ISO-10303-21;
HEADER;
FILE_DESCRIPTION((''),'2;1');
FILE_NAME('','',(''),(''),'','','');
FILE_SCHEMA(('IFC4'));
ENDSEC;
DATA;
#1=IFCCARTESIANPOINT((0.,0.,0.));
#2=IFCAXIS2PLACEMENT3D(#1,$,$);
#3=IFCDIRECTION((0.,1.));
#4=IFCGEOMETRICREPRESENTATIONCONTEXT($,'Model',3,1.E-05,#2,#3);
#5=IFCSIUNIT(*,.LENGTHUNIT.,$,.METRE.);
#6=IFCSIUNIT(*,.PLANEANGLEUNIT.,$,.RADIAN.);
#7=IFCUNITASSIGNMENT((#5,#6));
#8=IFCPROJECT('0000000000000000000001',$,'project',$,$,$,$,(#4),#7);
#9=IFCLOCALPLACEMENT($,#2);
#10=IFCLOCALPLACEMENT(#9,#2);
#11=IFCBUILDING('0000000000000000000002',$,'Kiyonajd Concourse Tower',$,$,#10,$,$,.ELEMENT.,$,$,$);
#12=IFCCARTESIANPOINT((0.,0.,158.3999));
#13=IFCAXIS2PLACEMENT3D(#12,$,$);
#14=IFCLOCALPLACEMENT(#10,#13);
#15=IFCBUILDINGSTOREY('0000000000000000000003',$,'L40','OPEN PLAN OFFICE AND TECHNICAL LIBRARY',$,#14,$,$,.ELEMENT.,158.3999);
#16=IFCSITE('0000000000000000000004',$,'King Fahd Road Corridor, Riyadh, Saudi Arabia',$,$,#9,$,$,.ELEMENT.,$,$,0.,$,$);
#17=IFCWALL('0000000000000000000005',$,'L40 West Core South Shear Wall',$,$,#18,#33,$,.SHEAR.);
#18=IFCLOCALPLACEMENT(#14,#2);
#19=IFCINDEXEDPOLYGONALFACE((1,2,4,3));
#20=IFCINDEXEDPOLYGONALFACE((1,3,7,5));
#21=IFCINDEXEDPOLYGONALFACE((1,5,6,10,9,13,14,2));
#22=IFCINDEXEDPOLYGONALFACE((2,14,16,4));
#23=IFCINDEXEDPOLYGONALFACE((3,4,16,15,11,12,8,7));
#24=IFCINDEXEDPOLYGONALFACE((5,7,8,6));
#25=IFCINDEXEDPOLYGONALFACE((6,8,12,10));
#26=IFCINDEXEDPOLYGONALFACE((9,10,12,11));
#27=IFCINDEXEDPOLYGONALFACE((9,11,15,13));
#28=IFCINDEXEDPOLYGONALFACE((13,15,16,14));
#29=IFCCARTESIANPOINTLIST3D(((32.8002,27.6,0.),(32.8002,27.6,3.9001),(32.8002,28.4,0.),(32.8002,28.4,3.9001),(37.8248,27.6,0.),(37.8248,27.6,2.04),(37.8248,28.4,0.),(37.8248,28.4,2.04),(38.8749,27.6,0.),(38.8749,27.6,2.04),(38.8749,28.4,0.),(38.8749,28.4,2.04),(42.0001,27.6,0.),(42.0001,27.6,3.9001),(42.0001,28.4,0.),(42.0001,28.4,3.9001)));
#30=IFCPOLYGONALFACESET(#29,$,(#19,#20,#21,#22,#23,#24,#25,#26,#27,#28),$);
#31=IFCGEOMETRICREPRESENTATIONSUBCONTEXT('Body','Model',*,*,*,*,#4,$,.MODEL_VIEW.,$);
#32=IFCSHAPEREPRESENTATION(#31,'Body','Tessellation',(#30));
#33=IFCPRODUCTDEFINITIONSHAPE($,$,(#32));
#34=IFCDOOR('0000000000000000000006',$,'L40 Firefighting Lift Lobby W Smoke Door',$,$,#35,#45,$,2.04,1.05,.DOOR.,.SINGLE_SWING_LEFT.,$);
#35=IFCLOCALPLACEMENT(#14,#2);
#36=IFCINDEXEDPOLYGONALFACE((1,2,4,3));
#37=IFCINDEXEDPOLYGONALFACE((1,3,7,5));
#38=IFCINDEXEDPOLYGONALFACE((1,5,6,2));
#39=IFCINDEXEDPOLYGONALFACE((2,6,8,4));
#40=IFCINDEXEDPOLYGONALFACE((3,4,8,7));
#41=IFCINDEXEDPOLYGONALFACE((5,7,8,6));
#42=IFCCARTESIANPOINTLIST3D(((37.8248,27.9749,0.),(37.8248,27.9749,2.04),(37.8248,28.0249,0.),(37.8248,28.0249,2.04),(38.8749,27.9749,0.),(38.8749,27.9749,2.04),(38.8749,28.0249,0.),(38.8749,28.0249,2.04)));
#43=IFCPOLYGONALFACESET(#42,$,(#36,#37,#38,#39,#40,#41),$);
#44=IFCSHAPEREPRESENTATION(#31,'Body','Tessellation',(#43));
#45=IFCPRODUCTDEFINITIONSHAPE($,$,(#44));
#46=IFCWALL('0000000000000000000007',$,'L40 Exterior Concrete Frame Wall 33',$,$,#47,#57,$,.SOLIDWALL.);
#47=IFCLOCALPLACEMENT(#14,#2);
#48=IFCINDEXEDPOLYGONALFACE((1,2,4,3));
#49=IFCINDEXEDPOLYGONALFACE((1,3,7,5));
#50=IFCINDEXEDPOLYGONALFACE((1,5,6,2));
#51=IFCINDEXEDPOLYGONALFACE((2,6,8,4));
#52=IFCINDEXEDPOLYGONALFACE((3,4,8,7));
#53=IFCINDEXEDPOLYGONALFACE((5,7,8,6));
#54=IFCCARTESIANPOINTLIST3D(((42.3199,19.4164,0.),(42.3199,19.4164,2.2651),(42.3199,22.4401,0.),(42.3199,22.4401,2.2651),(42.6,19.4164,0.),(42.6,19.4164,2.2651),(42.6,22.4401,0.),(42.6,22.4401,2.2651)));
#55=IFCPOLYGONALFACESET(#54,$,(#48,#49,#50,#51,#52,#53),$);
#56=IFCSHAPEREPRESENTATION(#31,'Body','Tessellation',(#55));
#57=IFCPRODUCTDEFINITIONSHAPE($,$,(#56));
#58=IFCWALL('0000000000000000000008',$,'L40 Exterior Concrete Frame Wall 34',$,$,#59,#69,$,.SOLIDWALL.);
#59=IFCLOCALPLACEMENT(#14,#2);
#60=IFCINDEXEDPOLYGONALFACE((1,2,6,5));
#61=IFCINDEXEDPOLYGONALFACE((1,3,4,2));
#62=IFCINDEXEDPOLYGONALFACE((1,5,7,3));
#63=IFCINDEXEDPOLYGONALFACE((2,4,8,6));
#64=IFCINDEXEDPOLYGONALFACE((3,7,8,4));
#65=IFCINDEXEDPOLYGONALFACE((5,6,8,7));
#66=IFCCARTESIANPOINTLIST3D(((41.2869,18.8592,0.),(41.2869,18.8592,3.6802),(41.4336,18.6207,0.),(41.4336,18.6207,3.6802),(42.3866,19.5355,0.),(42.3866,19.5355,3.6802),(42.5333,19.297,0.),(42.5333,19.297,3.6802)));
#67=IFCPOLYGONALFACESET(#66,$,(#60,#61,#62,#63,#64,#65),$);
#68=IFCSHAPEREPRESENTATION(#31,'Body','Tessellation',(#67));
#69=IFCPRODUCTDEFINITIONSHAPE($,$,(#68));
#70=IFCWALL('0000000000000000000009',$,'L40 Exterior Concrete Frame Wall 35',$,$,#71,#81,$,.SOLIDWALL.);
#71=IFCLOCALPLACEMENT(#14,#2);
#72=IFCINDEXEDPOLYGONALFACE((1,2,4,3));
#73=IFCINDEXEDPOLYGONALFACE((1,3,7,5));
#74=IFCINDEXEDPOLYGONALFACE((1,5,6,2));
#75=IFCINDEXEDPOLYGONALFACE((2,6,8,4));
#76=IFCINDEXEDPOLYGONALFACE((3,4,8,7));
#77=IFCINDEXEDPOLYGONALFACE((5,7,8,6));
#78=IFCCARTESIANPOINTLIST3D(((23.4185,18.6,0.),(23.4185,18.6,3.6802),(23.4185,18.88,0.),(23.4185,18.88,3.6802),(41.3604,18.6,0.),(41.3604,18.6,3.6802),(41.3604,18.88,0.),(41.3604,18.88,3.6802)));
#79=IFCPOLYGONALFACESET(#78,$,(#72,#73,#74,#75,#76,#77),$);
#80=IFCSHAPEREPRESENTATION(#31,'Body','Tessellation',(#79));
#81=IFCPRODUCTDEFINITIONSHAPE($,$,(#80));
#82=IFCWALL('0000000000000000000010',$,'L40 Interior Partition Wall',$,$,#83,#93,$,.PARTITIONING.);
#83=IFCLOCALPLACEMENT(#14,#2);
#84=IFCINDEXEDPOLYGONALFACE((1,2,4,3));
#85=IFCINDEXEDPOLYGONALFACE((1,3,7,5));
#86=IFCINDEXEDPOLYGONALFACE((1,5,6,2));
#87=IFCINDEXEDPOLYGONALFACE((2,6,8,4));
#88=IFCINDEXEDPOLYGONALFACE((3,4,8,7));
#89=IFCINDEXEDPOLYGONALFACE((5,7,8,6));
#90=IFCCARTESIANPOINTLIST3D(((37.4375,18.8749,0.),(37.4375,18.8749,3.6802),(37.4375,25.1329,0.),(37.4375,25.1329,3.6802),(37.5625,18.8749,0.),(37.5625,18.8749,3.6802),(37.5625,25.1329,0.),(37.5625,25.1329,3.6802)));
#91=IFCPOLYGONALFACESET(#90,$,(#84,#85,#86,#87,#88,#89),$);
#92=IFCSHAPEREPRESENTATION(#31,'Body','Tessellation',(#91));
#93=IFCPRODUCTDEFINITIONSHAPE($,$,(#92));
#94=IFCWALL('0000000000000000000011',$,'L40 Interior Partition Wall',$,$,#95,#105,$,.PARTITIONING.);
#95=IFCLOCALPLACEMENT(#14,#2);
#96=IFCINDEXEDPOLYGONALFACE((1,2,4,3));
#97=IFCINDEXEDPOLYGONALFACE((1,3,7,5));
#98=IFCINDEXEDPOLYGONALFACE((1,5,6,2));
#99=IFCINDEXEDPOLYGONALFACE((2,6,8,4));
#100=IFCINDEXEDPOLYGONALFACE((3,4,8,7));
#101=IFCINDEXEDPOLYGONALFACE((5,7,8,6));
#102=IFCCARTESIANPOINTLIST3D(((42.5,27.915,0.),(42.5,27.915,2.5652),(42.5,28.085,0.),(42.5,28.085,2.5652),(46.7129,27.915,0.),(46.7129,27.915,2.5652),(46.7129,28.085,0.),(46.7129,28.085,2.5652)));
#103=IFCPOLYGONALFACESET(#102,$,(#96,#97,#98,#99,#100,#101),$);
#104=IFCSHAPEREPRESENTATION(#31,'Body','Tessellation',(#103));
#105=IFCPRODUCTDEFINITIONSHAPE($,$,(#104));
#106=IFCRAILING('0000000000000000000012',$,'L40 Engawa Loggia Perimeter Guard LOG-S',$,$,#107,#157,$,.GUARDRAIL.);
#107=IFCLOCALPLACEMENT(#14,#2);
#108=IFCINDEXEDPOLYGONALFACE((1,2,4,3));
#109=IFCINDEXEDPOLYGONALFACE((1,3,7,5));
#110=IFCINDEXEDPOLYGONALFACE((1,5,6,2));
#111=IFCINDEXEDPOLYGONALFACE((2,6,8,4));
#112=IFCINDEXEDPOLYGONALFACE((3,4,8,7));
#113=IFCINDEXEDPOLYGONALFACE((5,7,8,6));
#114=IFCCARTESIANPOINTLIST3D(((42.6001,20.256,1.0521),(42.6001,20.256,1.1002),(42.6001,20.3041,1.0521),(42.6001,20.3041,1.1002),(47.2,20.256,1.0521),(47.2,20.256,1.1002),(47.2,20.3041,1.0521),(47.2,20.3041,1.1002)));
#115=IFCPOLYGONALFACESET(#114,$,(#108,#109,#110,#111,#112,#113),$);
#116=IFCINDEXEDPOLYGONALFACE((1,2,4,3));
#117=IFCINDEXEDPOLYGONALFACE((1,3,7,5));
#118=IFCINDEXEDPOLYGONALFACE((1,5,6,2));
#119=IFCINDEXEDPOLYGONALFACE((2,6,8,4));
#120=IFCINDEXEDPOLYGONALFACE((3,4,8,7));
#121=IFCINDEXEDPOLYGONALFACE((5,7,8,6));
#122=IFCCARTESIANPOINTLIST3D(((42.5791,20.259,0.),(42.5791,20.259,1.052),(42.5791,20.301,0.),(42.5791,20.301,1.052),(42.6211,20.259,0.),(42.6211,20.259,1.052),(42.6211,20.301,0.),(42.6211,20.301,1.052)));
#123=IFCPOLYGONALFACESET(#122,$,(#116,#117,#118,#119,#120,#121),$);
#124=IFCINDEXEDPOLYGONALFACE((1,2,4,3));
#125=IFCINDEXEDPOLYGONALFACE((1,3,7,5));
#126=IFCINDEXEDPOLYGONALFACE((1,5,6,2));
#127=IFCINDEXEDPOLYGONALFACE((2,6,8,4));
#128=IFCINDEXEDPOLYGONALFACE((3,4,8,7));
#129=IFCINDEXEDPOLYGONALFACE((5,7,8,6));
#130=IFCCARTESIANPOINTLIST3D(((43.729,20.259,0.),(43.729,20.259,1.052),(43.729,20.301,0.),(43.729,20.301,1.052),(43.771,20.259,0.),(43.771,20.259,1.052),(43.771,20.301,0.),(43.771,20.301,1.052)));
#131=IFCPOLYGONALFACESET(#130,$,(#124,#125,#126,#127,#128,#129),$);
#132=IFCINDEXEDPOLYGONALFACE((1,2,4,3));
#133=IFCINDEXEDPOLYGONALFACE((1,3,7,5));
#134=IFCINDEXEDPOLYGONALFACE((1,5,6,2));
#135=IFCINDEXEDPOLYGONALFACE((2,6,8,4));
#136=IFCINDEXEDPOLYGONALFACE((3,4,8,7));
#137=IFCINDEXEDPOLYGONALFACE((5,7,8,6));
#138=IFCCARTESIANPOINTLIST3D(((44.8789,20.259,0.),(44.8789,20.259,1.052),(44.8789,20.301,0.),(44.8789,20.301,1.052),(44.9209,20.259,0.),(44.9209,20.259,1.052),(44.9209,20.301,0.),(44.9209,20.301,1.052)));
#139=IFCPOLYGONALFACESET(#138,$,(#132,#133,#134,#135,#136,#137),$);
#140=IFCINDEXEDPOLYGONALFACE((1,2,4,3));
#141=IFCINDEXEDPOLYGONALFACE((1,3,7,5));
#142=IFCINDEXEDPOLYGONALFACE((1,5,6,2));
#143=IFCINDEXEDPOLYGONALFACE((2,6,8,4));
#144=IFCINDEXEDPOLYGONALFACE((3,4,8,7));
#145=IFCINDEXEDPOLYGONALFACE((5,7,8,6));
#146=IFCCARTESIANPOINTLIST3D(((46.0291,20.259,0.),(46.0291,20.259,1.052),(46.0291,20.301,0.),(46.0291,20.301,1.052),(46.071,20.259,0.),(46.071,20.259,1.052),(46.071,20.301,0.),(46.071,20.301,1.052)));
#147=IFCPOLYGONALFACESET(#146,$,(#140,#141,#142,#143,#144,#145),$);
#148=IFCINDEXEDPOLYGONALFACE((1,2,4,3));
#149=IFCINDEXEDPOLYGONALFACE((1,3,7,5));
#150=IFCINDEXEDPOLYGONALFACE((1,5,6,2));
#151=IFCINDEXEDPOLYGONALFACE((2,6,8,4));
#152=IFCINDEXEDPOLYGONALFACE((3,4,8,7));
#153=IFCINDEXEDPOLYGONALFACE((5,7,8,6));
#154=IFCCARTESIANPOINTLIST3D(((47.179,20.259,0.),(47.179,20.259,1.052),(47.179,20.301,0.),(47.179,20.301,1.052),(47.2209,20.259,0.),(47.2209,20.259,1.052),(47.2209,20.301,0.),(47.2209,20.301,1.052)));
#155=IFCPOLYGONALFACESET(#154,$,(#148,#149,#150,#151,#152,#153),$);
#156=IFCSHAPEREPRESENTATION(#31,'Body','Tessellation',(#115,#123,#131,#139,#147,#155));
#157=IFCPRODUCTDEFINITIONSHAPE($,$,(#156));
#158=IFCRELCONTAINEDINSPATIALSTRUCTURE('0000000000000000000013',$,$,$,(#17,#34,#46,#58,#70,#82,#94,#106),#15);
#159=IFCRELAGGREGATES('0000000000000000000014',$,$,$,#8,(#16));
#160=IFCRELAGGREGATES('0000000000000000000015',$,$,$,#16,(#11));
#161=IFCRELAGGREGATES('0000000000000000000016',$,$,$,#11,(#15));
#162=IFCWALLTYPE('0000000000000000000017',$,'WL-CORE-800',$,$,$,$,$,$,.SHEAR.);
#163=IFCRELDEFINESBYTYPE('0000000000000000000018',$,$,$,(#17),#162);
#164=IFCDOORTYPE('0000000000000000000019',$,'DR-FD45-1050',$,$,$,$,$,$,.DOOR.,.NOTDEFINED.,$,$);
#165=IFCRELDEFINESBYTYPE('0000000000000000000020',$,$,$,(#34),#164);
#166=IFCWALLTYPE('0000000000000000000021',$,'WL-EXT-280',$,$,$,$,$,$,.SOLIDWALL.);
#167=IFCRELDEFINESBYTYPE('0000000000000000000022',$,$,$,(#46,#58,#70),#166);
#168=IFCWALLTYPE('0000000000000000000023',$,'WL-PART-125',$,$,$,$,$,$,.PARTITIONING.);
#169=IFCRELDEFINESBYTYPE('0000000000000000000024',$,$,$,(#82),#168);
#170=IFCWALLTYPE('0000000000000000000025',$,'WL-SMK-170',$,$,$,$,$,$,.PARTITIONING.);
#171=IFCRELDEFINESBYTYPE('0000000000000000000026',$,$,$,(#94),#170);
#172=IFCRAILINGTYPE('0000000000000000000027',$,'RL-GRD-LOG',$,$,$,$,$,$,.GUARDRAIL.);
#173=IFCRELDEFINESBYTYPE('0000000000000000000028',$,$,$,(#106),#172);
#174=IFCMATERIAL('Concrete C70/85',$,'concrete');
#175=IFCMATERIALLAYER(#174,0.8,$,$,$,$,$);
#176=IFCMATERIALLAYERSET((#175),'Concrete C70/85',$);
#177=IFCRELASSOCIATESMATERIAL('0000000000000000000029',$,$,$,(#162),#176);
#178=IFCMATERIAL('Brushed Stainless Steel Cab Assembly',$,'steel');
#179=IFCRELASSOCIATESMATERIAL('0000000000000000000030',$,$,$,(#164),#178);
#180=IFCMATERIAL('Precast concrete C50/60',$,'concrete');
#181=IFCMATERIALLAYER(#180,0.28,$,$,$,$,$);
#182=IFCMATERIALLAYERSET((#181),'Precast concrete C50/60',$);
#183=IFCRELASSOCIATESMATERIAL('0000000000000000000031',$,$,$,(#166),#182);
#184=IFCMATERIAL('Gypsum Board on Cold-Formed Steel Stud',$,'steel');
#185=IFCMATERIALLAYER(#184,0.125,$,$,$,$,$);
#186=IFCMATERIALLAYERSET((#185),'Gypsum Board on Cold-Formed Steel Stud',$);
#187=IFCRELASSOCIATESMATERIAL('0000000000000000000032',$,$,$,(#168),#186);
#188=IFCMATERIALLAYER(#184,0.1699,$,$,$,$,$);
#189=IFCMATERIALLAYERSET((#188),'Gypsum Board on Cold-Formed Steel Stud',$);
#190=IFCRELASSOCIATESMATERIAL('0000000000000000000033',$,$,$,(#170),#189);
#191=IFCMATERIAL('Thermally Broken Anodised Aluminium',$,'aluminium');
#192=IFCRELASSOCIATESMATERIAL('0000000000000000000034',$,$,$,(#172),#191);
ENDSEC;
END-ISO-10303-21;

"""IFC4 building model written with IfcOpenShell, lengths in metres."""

from ifc_helpers import new_model, si_unit, direction, frame, frame_2d, origin, origin_2d, place, context, subcontext, project, spatial, rectangle, extrude, material, layer, layer_set, type_object, element, fill, save


model = new_model("IFC4")

# Units and contexts
model_context = context("Model", 3, precision=1e-05, world=origin(), true_north=direction((0.0, 1.0)))
body_context = subcontext(model_context, "Body", "Model", "MODEL_VIEW")
ifc_project = project(units=[si_unit("LENGTHUNIT", "METRE"), si_unit("PLANEANGLEUNIT", "RADIAN")], contexts=[model_context])

# Site, building, storey
site_placement = place(None, origin())
site = spatial("IfcSite", under=ifc_project, at=site_placement, Name="King Fahd Road Corridor, Riyadh, Saudi Arabia", CompositionType="ELEMENT", RefElevation=0.0)
building_placement = place(site_placement, origin())
building = spatial("IfcBuilding", under=site, at=building_placement, Name="Kiyonajd Concourse Tower", CompositionType="ELEMENT")
storey_placement = place(building_placement, frame((0.0, 0.0, 158.3999)))
storey = spatial("IfcBuildingStorey", under=building, at=storey_placement, Name="L40", Description="OPEN PLAN OFFICE AND TECHNICAL LIBRARY", CompositionType="ELEMENT", Elevation=158.3999)

# Shared definitions
ifc_material_1 = material(Name="Concrete C70/85", Category="concrete")

# Shared definitions
ifc_material_2 = material(Name="Thermally Broken Anodised Aluminium", Category="aluminium")

# Shared definitions
ifc_layer_1 = layer(ifc_material_1, 0.8)
ifc_layer_set_1 = layer_set([ifc_layer_1], Name="Concrete C70/85")
wall_type_1 = type_object("IfcWallType", Name="WL-CORE-800", PredefinedType="SHEAR", material=ifc_layer_set_1)

# Wall, opening, door
wall_1_placement = place(storey_placement, frame((32.8, 28.0, 0.0), z_axis=(0.0, 0.0, 1.0), x_axis=(1.0, 0.0, 0.0)))
wall_1 = element("IfcWall", 1, at=wall_1_placement, inside=storey, type_object=wall_type_1, Name="L40 West Core South Shear Wall", PredefinedType="SHEAR", context=body_context, shape_type="SweptSolid", body=[
    extrude(rectangle(XDim=9.2, YDim=0.8, at=frame_2d((4.6001, 0.0))), origin(), (0.0, 0.0, 1.0), 3.9001),
])
opening_placement = place(wall_1_placement, frame((5.0249, 0.0, 0.0)))
opening = element("IfcOpeningElement", 2, at=opening_placement, cuts=wall_1, PredefinedType="OPENING", context=body_context, shape_type="SweptSolid", body=[
    extrude(rectangle(XDim=1.05, YDim=2.04, at=frame_2d((0.5249, 1.02))), frame((0.0, 0.4099, 0.0), z_axis=(0.0, -1.0, 0.0), x_axis=(1.0, 0.0, 0.0)), (0.0, 0.0, 1.0), 0.8201),
])
ifc_material_3 = material(Name="Brushed Stainless Steel Cab Assembly", Category="steel")
door_type = type_object("IfcDoorType", Name="DR-FD45-1050", OperationType="NOTDEFINED", PredefinedType="DOOR", material=ifc_material_3)
door_placement = place(opening_placement, origin())
door = element("IfcDoor", 3, at=door_placement, inside=storey, type_object=door_type, Name="L40 Firefighting Lift Lobby W Smoke Door", OperationType="SINGLE_SWING_LEFT", OverallHeight=2.04, OverallWidth=1.05, PredefinedType="DOOR", context=body_context, shape_type="SweptSolid", body=[
    extrude(rectangle(XDim=1.05, YDim=2.04, at=frame_2d((0.5249, 1.02))), frame((0.0, 0.0249, 0.0), z_axis=(0.0, -1.0, 0.0), x_axis=(1.0, 0.0, 0.0)), (0.0, 0.0, 1.0), 0.05),
])
fill(opening, door)

# Walls
ifc_material_4 = material(Name="Precast concrete C50/60", Category="concrete")
ifc_layer_2 = layer(ifc_material_4, 0.28)
ifc_layer_set_2 = layer_set([ifc_layer_2], Name="Precast concrete C50/60")
wall_type_2 = type_object("IfcWallType", Name="WL-EXT-280", PredefinedType="SOLIDWALL", material=ifc_layer_set_2)
wall_2_placement = place(storey_placement, frame((42.46, 22.4399, 0.0), z_axis=(0.0, 0.0, 1.0), x_axis=(0.0, -1.0, 0.0)))
element("IfcWall", 4, at=wall_2_placement, inside=storey, type_object=wall_type_2, Name="L40 Exterior Concrete Frame Wall 33", PredefinedType="SOLIDWALL", context=body_context, shape_type="SweptSolid", body=[
    extrude(rectangle(XDim=3.0237, YDim=0.28, at=frame_2d((1.5117, 0.0))), origin(), (0.0, 0.0, 1.0), 2.2651),
])
wall_3_placement = place(storey_placement, frame((42.46, 19.4163, 0.0), z_axis=(0.0, 0.0, 1.0), x_axis=(-0.851801, -0.523865, 0.0)))
element("IfcWall", 5, at=wall_3_placement, inside=storey, type_object=wall_type_2, Name="L40 Exterior Concrete Frame Wall 34", PredefinedType="SOLIDWALL", context=body_context, shape_type="SweptSolid", body=[
    extrude(rectangle(XDim=1.291, YDim=0.28, at=frame_2d((0.6455, 0.0))), origin(), (0.0, 0.0, 1.0), 3.6802),
])
wall_4_placement = place(storey_placement, frame((41.3604, 18.74, 0.0), z_axis=(0.0, 0.0, 1.0), x_axis=(-1.0, 0.0, 0.0)))
element("IfcWall", 6, at=wall_4_placement, inside=storey, type_object=wall_type_2, Name="L40 Exterior Concrete Frame Wall 35", PredefinedType="SOLIDWALL", context=body_context, shape_type="SweptSolid", body=[
    extrude(rectangle(XDim=17.9419, YDim=0.28, at=frame_2d((8.9709, 0.0))), origin(), (0.0, 0.0, 1.0), 3.6802),
])
ifc_material_5 = material(Name="Gypsum Board on Cold-Formed Steel Stud", Category="steel")
ifc_layer_3 = layer(ifc_material_5, 0.125)
ifc_layer_set_3 = layer_set([ifc_layer_3], Name="Gypsum Board on Cold-Formed Steel Stud")
wall_type_3 = type_object("IfcWallType", Name="WL-PART-125", PredefinedType="PARTITIONING", material=ifc_layer_set_3)
wall_5_placement = place(storey_placement, frame((37.5, 18.875, 0.0), z_axis=(0.0, 0.0, 1.0), x_axis=(0.0, 1.0, 0.0)))
element("IfcWall", 7, at=wall_5_placement, inside=storey, type_object=wall_type_3, Name="L40 Interior Partition Wall", PredefinedType="PARTITIONING", context=body_context, shape_type="SweptSolid", body=[
    extrude(rectangle(XDim=6.2581, YDim=0.125, at=frame_2d((3.1289, 0.0))), origin(), (0.0, 0.0, 1.0), 3.6802),
])
ifc_layer_4 = layer(ifc_material_5, 0.1699)
ifc_layer_set_4 = layer_set([ifc_layer_4], Name="Gypsum Board on Cold-Formed Steel Stud")
wall_type_4 = type_object("IfcWallType", Name="WL-SMK-170", PredefinedType="PARTITIONING", material=ifc_layer_set_4)
wall_6_placement = place(storey_placement, frame((42.5, 28.0, 0.0), z_axis=(0.0, 0.0, 1.0), x_axis=(1.0, 0.0, 0.0)))
element("IfcWall", 8, at=wall_6_placement, inside=storey, type_object=wall_type_4, Name="L40 Interior Partition Wall", PredefinedType="PARTITIONING", context=body_context, shape_type="SweptSolid", body=[
    extrude(rectangle(XDim=4.2129, YDim=0.1699, at=frame_2d((2.1064, 0.0))), origin(), (0.0, 0.0, 1.0), 2.5652),
])

# Railing
railing_type = type_object("IfcRailingType", Name="RL-GRD-LOG", PredefinedType="GUARDRAIL", material=ifc_material_2)
railing_placement = place(storey_placement, frame((42.6001, 20.28, 0.0)))
element("IfcRailing", 9, at=railing_placement, inside=storey, type_object=railing_type, Name="L40 Engawa Loggia Perimeter Guard LOG-S", PredefinedType="GUARDRAIL", context=body_context, shape_type="SweptSolid", body=[
    extrude(rectangle(XDim=0.0481, YDim=0.0481, at=origin_2d()), frame((0.0, 0.0, 1.0762), z_axis=(1.0, 0.0, 0.0), x_axis=(0.0, 1.0, 0.0)), (0.0, 0.0, 1.0), 4.5999),
    extrude(rectangle(XDim=0.042, YDim=0.042, at=origin_2d()), origin(), (0.0, 0.0, 1.0), 1.052),
    extrude(rectangle(XDim=0.042, YDim=0.042, at=origin_2d()), frame((1.1499, 0.0, 0.0)), (0.0, 0.0, 1.0), 1.052),
    extrude(rectangle(XDim=0.042, YDim=0.042, at=origin_2d()), frame((2.2998, 0.0, 0.0)), (0.0, 0.0, 1.0), 1.052),
    extrude(rectangle(XDim=0.042, YDim=0.042, at=origin_2d()), frame((3.45, 0.0, 0.0)), (0.0, 0.0, 1.0), 1.052),
    extrude(rectangle(XDim=0.042, YDim=0.042, at=origin_2d()), frame((4.5999, 0.0, 0.0)), (0.0, 0.0, 1.0), 1.052),
])

save(model, "model.ifc")
